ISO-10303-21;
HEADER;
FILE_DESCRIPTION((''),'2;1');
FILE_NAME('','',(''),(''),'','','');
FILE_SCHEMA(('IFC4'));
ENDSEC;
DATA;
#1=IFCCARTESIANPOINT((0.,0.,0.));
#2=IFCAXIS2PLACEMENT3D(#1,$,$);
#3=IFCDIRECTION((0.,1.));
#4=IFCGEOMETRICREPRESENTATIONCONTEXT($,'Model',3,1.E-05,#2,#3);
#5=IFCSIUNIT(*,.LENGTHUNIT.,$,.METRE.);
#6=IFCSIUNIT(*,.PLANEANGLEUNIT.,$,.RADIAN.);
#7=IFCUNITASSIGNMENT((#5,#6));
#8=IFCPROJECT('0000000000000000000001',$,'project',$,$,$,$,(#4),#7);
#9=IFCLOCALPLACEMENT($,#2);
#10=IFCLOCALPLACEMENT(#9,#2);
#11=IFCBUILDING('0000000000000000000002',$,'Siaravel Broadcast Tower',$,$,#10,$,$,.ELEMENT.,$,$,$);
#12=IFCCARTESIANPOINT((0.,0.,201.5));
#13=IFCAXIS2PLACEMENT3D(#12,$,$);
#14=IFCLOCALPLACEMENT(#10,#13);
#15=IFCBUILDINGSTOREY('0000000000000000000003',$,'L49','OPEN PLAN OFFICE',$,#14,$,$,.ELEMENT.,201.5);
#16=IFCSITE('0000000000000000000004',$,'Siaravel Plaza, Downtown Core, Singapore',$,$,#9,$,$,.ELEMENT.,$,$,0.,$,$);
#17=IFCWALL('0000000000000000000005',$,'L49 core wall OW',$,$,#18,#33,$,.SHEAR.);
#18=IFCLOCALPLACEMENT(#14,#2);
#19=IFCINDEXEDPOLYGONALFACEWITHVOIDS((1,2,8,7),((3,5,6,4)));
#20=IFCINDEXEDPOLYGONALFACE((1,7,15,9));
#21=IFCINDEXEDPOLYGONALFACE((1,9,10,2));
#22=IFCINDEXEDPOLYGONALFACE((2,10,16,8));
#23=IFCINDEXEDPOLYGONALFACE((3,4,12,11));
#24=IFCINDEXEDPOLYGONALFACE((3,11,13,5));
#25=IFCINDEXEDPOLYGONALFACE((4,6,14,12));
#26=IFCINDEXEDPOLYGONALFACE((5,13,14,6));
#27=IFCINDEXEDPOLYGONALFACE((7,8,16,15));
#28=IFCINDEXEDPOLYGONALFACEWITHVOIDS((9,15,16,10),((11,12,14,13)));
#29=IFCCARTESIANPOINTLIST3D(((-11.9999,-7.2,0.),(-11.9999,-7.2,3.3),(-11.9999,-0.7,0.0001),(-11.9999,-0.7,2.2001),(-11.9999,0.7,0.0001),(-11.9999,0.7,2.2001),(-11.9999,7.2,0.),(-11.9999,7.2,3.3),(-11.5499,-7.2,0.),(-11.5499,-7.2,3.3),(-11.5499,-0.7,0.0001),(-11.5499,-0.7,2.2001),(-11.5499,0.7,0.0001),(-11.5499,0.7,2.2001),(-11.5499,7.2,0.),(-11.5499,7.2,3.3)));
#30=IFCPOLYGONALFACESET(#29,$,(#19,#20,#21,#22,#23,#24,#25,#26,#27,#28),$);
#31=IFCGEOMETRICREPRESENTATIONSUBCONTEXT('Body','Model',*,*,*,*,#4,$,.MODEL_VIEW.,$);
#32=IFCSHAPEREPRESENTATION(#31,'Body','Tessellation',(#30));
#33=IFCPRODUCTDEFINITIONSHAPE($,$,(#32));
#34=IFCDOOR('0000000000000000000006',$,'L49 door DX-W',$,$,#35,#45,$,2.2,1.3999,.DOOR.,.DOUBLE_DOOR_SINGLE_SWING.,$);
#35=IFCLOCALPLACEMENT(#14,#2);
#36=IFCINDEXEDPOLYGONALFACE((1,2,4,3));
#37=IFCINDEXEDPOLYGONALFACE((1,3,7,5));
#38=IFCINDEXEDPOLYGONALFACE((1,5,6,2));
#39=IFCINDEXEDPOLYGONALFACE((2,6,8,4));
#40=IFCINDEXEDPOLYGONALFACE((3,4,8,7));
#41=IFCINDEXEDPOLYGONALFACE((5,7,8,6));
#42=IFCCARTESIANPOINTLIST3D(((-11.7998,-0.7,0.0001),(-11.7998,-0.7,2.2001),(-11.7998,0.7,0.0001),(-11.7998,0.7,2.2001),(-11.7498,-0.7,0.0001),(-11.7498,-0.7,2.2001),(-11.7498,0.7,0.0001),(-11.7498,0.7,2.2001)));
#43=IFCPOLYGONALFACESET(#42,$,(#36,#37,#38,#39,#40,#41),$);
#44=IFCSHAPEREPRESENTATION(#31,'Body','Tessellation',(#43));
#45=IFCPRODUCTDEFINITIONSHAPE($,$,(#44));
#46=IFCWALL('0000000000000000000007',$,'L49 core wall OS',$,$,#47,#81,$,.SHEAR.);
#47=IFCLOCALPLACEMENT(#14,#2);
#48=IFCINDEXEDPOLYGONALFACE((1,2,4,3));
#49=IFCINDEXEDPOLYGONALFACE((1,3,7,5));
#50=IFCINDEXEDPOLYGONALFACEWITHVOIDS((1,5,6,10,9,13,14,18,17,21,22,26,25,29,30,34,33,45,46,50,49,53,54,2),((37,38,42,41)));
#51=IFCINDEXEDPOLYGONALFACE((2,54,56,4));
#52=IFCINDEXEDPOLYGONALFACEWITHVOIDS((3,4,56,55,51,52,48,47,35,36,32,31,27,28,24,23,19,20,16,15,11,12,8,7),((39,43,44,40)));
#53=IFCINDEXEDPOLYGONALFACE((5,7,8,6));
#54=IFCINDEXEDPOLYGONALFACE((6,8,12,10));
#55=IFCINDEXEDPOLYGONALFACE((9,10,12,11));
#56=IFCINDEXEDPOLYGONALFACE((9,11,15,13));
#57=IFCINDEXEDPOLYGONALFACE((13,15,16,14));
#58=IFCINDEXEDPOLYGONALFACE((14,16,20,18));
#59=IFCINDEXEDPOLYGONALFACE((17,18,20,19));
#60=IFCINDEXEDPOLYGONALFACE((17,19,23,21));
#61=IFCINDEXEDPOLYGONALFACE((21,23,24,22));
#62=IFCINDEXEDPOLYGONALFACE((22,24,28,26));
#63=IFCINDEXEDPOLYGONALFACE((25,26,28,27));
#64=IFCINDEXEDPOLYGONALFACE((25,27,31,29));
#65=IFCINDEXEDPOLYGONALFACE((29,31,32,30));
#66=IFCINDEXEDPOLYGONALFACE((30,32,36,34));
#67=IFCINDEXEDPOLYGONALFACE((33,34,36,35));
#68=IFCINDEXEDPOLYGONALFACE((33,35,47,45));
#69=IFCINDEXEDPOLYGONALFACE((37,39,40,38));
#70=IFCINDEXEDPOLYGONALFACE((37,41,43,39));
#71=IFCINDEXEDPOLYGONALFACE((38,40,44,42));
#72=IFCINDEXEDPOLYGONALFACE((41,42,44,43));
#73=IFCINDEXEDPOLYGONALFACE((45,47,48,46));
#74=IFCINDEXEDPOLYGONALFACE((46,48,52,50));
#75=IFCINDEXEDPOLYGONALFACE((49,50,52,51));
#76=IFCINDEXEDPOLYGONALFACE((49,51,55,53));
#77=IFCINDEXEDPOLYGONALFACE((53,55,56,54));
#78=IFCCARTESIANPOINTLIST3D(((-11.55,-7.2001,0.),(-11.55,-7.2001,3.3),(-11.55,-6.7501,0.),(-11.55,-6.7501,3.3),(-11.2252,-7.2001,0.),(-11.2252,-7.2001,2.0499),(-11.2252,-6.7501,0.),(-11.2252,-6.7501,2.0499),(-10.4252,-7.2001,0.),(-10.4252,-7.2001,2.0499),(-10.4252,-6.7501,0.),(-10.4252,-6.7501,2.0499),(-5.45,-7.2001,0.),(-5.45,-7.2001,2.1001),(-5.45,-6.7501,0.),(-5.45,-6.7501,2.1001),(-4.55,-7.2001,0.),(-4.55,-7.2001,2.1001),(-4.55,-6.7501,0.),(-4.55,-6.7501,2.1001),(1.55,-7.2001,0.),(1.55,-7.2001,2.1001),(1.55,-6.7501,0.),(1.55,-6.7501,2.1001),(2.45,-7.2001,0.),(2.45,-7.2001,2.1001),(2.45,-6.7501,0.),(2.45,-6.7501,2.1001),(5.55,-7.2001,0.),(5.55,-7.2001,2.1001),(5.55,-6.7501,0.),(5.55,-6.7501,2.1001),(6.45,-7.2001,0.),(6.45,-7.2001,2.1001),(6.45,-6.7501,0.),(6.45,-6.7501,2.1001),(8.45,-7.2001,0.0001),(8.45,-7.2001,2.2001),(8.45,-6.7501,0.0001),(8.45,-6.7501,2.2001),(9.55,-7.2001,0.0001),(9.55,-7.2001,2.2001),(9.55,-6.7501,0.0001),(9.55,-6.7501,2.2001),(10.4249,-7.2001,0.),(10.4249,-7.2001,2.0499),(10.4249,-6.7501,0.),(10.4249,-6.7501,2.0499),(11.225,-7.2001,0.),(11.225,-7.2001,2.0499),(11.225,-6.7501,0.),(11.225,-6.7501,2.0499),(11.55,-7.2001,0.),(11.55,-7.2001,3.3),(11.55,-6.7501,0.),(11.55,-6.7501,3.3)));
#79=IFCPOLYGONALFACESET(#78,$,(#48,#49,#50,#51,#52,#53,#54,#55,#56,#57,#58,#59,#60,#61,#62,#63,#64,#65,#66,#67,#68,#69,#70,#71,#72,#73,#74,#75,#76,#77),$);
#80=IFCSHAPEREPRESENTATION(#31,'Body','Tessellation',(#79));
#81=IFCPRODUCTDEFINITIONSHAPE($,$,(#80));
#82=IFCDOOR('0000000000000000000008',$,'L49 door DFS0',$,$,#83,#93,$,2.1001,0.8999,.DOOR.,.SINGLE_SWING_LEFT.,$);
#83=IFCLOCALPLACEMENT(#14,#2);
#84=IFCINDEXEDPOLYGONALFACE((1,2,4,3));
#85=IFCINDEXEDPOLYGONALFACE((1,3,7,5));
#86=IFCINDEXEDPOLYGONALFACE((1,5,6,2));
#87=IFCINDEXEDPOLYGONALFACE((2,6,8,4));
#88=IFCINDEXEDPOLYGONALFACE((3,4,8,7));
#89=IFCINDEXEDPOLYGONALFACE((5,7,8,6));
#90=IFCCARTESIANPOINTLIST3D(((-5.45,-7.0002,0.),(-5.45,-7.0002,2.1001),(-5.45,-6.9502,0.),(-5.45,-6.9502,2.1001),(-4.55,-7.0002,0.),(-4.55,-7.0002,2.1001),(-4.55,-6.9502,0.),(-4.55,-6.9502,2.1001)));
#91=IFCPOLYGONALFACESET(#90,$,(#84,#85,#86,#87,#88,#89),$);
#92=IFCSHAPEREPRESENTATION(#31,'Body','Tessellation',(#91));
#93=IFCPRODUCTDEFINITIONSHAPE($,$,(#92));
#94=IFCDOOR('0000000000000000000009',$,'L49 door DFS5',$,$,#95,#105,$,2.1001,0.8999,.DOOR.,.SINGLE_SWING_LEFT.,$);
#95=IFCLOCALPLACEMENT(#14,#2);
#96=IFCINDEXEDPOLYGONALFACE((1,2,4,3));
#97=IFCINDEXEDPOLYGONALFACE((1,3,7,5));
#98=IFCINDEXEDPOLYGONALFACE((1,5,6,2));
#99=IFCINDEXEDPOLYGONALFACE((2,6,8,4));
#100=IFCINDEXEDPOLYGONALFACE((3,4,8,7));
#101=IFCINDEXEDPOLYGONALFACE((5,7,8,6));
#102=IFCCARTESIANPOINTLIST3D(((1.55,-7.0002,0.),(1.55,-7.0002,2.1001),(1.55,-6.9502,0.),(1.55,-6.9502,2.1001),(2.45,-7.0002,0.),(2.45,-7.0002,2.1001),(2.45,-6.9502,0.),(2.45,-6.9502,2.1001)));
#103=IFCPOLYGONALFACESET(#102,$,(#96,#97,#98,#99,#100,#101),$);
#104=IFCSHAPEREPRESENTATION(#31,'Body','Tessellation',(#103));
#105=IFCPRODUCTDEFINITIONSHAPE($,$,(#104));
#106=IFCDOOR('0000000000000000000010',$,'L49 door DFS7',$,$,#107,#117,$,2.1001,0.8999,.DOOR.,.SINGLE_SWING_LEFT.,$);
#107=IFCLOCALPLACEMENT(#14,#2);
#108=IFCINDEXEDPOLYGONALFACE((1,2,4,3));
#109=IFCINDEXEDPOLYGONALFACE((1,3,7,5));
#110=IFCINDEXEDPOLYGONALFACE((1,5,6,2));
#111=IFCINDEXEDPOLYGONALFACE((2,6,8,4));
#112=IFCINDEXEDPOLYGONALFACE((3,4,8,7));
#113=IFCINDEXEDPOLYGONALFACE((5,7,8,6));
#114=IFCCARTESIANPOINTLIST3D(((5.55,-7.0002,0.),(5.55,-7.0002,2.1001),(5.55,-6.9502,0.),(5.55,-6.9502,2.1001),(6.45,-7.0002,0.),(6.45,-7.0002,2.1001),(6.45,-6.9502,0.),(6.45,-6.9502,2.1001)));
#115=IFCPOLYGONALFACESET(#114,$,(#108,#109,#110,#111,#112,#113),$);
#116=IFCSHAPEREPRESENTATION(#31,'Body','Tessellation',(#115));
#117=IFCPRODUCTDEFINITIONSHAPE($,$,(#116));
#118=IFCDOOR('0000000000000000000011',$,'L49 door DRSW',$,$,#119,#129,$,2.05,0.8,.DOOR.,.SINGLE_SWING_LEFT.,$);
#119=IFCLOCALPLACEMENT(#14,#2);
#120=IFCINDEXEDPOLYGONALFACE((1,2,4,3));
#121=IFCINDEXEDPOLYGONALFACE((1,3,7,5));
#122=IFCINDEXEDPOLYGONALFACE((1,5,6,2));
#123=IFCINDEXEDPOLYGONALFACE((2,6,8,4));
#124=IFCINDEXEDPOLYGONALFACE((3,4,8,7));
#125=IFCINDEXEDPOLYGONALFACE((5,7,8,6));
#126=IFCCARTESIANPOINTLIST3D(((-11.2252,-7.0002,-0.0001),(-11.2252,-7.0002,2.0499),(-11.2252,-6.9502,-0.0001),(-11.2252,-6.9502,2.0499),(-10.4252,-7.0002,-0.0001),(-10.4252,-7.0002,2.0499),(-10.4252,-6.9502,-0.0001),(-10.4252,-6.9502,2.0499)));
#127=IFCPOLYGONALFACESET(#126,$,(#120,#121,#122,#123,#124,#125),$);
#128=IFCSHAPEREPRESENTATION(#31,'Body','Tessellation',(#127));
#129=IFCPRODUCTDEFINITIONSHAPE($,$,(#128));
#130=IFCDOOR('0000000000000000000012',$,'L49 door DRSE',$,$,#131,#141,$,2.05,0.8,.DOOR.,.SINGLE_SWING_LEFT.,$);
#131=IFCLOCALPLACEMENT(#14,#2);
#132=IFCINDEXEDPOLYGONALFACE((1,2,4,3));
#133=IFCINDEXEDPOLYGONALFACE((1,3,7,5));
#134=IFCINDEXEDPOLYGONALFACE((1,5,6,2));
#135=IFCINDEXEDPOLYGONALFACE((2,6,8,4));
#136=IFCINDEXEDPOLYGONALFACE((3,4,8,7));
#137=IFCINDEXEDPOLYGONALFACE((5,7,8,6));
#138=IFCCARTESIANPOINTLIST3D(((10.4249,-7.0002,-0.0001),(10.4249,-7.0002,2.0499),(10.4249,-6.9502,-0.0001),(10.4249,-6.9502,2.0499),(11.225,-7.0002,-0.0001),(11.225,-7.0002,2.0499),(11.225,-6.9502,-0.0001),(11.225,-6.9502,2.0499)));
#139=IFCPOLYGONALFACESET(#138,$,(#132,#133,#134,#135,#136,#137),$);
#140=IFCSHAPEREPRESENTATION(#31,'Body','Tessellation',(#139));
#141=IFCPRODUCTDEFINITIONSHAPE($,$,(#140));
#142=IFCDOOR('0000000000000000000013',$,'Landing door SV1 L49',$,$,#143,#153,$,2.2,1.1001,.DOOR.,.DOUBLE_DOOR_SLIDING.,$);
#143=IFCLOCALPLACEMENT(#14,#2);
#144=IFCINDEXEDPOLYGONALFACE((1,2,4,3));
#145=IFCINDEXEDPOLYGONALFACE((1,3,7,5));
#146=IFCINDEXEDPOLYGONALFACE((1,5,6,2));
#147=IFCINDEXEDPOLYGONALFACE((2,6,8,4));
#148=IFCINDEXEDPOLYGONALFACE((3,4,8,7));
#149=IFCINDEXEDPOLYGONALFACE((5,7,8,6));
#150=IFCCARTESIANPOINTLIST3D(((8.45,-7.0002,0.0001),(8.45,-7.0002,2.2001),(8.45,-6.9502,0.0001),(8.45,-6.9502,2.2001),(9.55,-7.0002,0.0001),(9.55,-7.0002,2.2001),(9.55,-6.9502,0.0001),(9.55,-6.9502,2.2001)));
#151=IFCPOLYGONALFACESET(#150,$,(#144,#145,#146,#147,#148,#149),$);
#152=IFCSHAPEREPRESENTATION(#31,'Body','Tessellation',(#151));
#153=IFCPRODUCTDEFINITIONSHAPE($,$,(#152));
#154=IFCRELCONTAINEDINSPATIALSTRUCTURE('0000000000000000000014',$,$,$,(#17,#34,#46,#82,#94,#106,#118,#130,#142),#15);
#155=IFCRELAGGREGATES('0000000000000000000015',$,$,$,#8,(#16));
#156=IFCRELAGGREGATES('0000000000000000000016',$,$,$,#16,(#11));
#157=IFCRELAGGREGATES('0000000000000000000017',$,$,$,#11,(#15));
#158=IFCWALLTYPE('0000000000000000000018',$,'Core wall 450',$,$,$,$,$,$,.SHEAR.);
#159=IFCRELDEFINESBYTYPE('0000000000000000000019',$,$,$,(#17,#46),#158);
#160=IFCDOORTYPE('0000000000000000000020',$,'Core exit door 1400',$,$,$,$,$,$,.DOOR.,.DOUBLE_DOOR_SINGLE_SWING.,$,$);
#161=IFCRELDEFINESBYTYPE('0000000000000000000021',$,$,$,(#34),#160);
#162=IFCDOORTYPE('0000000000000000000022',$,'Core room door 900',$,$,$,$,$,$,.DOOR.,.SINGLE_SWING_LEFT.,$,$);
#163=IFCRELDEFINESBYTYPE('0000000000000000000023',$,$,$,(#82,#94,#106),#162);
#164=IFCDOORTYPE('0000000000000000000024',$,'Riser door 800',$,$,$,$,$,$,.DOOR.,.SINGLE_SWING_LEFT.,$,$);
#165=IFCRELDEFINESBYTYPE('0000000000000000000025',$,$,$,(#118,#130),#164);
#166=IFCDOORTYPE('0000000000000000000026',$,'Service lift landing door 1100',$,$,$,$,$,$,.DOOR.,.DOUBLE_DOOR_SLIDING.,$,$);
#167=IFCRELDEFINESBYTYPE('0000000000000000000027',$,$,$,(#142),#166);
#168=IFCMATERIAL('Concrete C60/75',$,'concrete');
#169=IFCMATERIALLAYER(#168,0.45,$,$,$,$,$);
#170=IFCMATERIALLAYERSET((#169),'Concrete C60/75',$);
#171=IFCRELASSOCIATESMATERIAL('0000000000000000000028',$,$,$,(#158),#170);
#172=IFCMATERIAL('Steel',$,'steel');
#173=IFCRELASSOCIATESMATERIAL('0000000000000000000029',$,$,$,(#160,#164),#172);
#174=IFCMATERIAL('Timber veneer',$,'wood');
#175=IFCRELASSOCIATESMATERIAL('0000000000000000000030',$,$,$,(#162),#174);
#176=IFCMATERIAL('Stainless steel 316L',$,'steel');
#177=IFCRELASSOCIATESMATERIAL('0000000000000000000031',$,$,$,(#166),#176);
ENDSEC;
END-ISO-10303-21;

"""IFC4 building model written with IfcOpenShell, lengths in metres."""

from ifc_helpers import new_model, si_unit, direction, frame, frame_2d, origin, place, context, subcontext, project, spatial, rectangle, extrude, material, layer, layer_set, type_object, element, fill, save


model = new_model("IFC4")

# Units and contexts
model_context = context("Model", 3, precision=1e-05, world=origin(), true_north=direction((0.0, 1.0)))
body_context = subcontext(model_context, "Body", "Model", "MODEL_VIEW")
ifc_project = project(units=[si_unit("LENGTHUNIT", "METRE"), si_unit("PLANEANGLEUNIT", "RADIAN")], contexts=[model_context])

# Site, building, storey
site_placement = place(None, origin())
site = spatial("IfcSite", under=ifc_project, at=site_placement, Name="Siaravel Plaza, Downtown Core, Singapore", CompositionType="ELEMENT", RefElevation=0.0)
building_placement = place(site_placement, origin())
building = spatial("IfcBuilding", under=site, at=building_placement, Name="Siaravel Broadcast Tower", CompositionType="ELEMENT")
storey_placement = place(building_placement, frame((0.0, 0.0, 201.5)))
storey = spatial("IfcBuildingStorey", under=building, at=storey_placement, Name="L49", Description="OPEN PLAN OFFICE", CompositionType="ELEMENT", Elevation=201.5)

# Shared definitions
ifc_material_1 = material(Name="Concrete C60/75", Category="concrete")

# Wall, opening, door
ifc_layer_1 = layer(ifc_material_1, 0.45)
ifc_layer_set_1 = layer_set([ifc_layer_1], Name="Concrete C60/75")
wall_type_1 = type_object("IfcWallType", Name="Core wall 450", PredefinedType="SHEAR", material=ifc_layer_set_1)
wall_1_placement = place(storey_placement, frame((-11.7749, -7.2, 0.0), z_axis=(0.0, 0.0, 1.0), x_axis=(0.0, 1.0, 0.0)))
wall_1 = element("IfcWall", 1, at=wall_1_placement, inside=storey, type_object=wall_type_1, Name="L49 core wall OW", PredefinedType="SHEAR", context=body_context, shape_type="SweptSolid", body=[
    extrude(rectangle(XDim=14.3999, YDim=0.45, at=frame_2d((7.2, 0.0))), origin(), (0.0, 0.0, 1.0), 3.3),
])
opening_1_placement = place(wall_1_placement, frame((6.5, 0.0, 0.0)))
opening_1 = element("IfcOpeningElement", 2, at=opening_1_placement, cuts=wall_1, PredefinedType="OPENING", context=body_context, shape_type="SweptSolid", body=[
    extrude(rectangle(XDim=1.3999, YDim=2.2, at=frame_2d((0.7, 1.1001))), frame((0.0, 0.2349, 0.0), z_axis=(0.0, -1.0, 0.0), x_axis=(1.0, 0.0, 0.0)), (0.0, 0.0, 1.0), 0.47),
])
ifc_material_2 = material(Name="Steel", Category="steel")
door_type_1 = type_object("IfcDoorType", Name="Core exit door 1400", OperationType="DOUBLE_DOOR_SINGLE_SWING", PredefinedType="DOOR", material=ifc_material_2)
door_1_placement = place(opening_1_placement, origin())
door_1 = element("IfcDoor", 3, at=door_1_placement, inside=storey, type_object=door_type_1, Name="L49 door DX-W", OperationType="DOUBLE_DOOR_SINGLE_SWING", OverallHeight=2.2, OverallWidth=1.3999, PredefinedType="DOOR", context=body_context, shape_type="SweptSolid", body=[
    extrude(rectangle(XDim=1.3999, YDim=2.2, at=frame_2d((0.7, 1.1001))), frame((0.0, 0.0249, 0.0), z_axis=(0.0, -1.0, 0.0), x_axis=(1.0, 0.0, 0.0)), (0.0, 0.0, 1.0), 0.05),
])
fill(opening_1, door_1)

# Wall, openings, doors
wall_2_placement = place(storey_placement, frame((-11.55, -6.9751, 0.0), z_axis=(0.0, 0.0, 1.0), x_axis=(1.0, 0.0, 0.0)))
wall_2 = element("IfcWall", 4, at=wall_2_placement, inside=storey, type_object=wall_type_1, Name="L49 core wall OS", PredefinedType="SHEAR", context=body_context, shape_type="SweptSolid", body=[
    extrude(rectangle(XDim=23.1001, YDim=0.45, at=frame_2d((11.55, 0.0))), origin(), (0.0, 0.0, 1.0), 3.3),
])
opening_2_placement = place(wall_2_placement, frame((20.0, 0.0, 0.0)))
opening_2 = element("IfcOpeningElement", 5, at=opening_2_placement, cuts=wall_2, PredefinedType="OPENING", context=body_context, shape_type="SweptSolid", body=[
    extrude(rectangle(XDim=1.1001, YDim=2.2, at=frame_2d((0.55, 1.1001))), frame((0.0, 0.2349, 0.0), z_axis=(0.0, -1.0, 0.0), x_axis=(1.0, 0.0, 0.0)), (0.0, 0.0, 1.0), 0.47),
])
opening_3_placement = place(wall_2_placement, frame((6.1001, 0.0, 0.0)))
opening_3 = element("IfcOpeningElement", 6, at=opening_3_placement, cuts=wall_2, PredefinedType="OPENING", context=body_context, shape_type="SweptSolid", body=[
    extrude(rectangle(XDim=0.8999, YDim=2.1001, at=frame_2d((0.45, 1.05))), frame((0.0, 0.2349, 0.0), z_axis=(0.0, -1.0, 0.0), x_axis=(1.0, 0.0, 0.0)), (0.0, 0.0, 1.0), 0.47),
])
opening_4_placement = place(wall_2_placement, frame((13.1001, 0.0, 0.0)))
opening_4 = element("IfcOpeningElement", 7, at=opening_4_placement, cuts=wall_2, PredefinedType="OPENING", context=body_context, shape_type="SweptSolid", body=[
    extrude(rectangle(XDim=0.8999, YDim=2.1001, at=frame_2d((0.45, 1.05))), frame((0.0, 0.2349, 0.0), z_axis=(0.0, -1.0, 0.0), x_axis=(1.0, 0.0, 0.0)), (0.0, 0.0, 1.0), 0.47),
])
opening_5_placement = place(wall_2_placement, frame((17.1001, 0.0, 0.0)))
opening_5 = element("IfcOpeningElement", 8, at=opening_5_placement, cuts=wall_2, PredefinedType="OPENING", context=body_context, shape_type="SweptSolid", body=[
    extrude(rectangle(XDim=0.8999, YDim=2.1001, at=frame_2d((0.45, 1.05))), frame((0.0, 0.2349, 0.0), z_axis=(0.0, -1.0, 0.0), x_axis=(1.0, 0.0, 0.0)), (0.0, 0.0, 1.0), 0.47),
])
opening_6_placement = place(wall_2_placement, frame((0.325, 0.0, 0.0)))
opening_6 = element("IfcOpeningElement", 9, at=opening_6_placement, cuts=wall_2, PredefinedType="OPENING", context=body_context, shape_type="SweptSolid", body=[
    extrude(rectangle(XDim=0.8, YDim=2.05, at=frame_2d((0.3999, 1.0249))), frame((0.0, 0.2349, 0.0), z_axis=(0.0, -1.0, 0.0), x_axis=(1.0, 0.0, 0.0)), (0.0, 0.0, 1.0), 0.47),
])
opening_7_placement = place(wall_2_placement, frame((21.9751, 0.0, 0.0)))
opening_7 = element("IfcOpeningElement", 10, at=opening_7_placement, cuts=wall_2, PredefinedType="OPENING", context=body_context, shape_type="SweptSolid", body=[
    extrude(rectangle(XDim=0.8, YDim=2.05, at=frame_2d((0.3999, 1.0249))), frame((0.0, 0.2349, 0.0), z_axis=(0.0, -1.0, 0.0), x_axis=(1.0, 0.0, 0.0)), (0.0, 0.0, 1.0), 0.47),
])
ifc_material_3 = material(Name="Timber veneer", Category="wood")
door_type_2 = type_object("IfcDoorType", Name="Core room door 900", OperationType="SINGLE_SWING_LEFT", PredefinedType="DOOR", material=ifc_material_3)
door_2_placement = place(opening_3_placement, origin())
door_2 = element("IfcDoor", 11, at=door_2_placement, inside=storey, type_object=door_type_2, Name="L49 door DFS0", OperationType="SINGLE_SWING_LEFT", OverallHeight=2.1001, OverallWidth=0.8999, PredefinedType="DOOR", context=body_context, shape_type="SweptSolid", body=[
    extrude(rectangle(XDim=0.8999, YDim=2.1001, at=frame_2d((0.45, 1.05))), frame((0.0, 0.0249, 0.0), z_axis=(0.0, -1.0, 0.0), x_axis=(1.0, 0.0, 0.0)), (0.0, 0.0, 1.0), 0.05),
])
fill(opening_3, door_2)
door_3_placement = place(opening_4_placement, origin())
door_3 = element("IfcDoor", 12, at=door_3_placement, inside=storey, type_object=door_type_2, Name="L49 door DFS5", OperationType="SINGLE_SWING_LEFT", OverallHeight=2.1001, OverallWidth=0.8999, PredefinedType="DOOR", context=body_context, shape_type="SweptSolid", body=[
    extrude(rectangle(XDim=0.8999, YDim=2.1001, at=frame_2d((0.45, 1.05))), frame((0.0, 0.0249, 0.0), z_axis=(0.0, -1.0, 0.0), x_axis=(1.0, 0.0, 0.0)), (0.0, 0.0, 1.0), 0.05),
])
fill(opening_4, door_3)
door_4_placement = place(opening_5_placement, origin())
door_4 = element("IfcDoor", 13, at=door_4_placement, inside=storey, type_object=door_type_2, Name="L49 door DFS7", OperationType="SINGLE_SWING_LEFT", OverallHeight=2.1001, OverallWidth=0.8999, PredefinedType="DOOR", context=body_context, shape_type="SweptSolid", body=[
    extrude(rectangle(XDim=0.8999, YDim=2.1001, at=frame_2d((0.45, 1.05))), frame((0.0, 0.0249, 0.0), z_axis=(0.0, -1.0, 0.0), x_axis=(1.0, 0.0, 0.0)), (0.0, 0.0, 1.0), 0.05),
])
fill(opening_5, door_4)
door_type_3 = type_object("IfcDoorType", Name="Riser door 800", OperationType="SINGLE_SWING_LEFT", PredefinedType="DOOR", material=ifc_material_2)
door_5_placement = place(opening_6_placement, origin())
door_5 = element("IfcDoor", 14, at=door_5_placement, inside=storey, type_object=door_type_3, Name="L49 door DRSW", OperationType="SINGLE_SWING_LEFT", OverallHeight=2.05, OverallWidth=0.8, PredefinedType="DOOR", context=body_context, shape_type="SweptSolid", body=[
    extrude(rectangle(XDim=0.8, YDim=2.05, at=frame_2d((0.3999, 1.0249))), frame((0.0, 0.0249, 0.0), z_axis=(0.0, -1.0, 0.0), x_axis=(1.0, 0.0, 0.0)), (0.0, 0.0, 1.0), 0.05),
])
fill(opening_6, door_5)
door_6_placement = place(opening_7_placement, origin())
door_6 = element("IfcDoor", 15, at=door_6_placement, inside=storey, type_object=door_type_3, Name="L49 door DRSE", OperationType="SINGLE_SWING_LEFT", OverallHeight=2.05, OverallWidth=0.8, PredefinedType="DOOR", context=body_context, shape_type="SweptSolid", body=[
    extrude(rectangle(XDim=0.8, YDim=2.05, at=frame_2d((0.3999, 1.0249))), frame((0.0, 0.0249, 0.0), z_axis=(0.0, -1.0, 0.0), x_axis=(1.0, 0.0, 0.0)), (0.0, 0.0, 1.0), 0.05),
])
fill(opening_7, door_6)
ifc_material_4 = material(Name="Stainless steel 316L", Category="steel")
door_type_4 = type_object("IfcDoorType", Name="Service lift landing door 1100", OperationType="DOUBLE_DOOR_SLIDING", PredefinedType="DOOR", material=ifc_material_4)
door_7_placement = place(opening_2_placement, origin())
door_7 = element("IfcDoor", 16, at=door_7_placement, inside=storey, type_object=door_type_4, Name="Landing door SV1 L49", OperationType="DOUBLE_DOOR_SLIDING", OverallHeight=2.2, OverallWidth=1.1001, PredefinedType="DOOR", context=body_context, shape_type="SweptSolid", body=[
    extrude(rectangle(XDim=1.1001, YDim=2.2, at=frame_2d((0.55, 1.1001))), frame((0.0, 0.0249, 0.0), z_axis=(0.0, -1.0, 0.0), x_axis=(1.0, 0.0, 0.0)), (0.0, 0.0, 1.0), 0.05),
])
fill(opening_2, door_7)

save(model, "model.ifc")
